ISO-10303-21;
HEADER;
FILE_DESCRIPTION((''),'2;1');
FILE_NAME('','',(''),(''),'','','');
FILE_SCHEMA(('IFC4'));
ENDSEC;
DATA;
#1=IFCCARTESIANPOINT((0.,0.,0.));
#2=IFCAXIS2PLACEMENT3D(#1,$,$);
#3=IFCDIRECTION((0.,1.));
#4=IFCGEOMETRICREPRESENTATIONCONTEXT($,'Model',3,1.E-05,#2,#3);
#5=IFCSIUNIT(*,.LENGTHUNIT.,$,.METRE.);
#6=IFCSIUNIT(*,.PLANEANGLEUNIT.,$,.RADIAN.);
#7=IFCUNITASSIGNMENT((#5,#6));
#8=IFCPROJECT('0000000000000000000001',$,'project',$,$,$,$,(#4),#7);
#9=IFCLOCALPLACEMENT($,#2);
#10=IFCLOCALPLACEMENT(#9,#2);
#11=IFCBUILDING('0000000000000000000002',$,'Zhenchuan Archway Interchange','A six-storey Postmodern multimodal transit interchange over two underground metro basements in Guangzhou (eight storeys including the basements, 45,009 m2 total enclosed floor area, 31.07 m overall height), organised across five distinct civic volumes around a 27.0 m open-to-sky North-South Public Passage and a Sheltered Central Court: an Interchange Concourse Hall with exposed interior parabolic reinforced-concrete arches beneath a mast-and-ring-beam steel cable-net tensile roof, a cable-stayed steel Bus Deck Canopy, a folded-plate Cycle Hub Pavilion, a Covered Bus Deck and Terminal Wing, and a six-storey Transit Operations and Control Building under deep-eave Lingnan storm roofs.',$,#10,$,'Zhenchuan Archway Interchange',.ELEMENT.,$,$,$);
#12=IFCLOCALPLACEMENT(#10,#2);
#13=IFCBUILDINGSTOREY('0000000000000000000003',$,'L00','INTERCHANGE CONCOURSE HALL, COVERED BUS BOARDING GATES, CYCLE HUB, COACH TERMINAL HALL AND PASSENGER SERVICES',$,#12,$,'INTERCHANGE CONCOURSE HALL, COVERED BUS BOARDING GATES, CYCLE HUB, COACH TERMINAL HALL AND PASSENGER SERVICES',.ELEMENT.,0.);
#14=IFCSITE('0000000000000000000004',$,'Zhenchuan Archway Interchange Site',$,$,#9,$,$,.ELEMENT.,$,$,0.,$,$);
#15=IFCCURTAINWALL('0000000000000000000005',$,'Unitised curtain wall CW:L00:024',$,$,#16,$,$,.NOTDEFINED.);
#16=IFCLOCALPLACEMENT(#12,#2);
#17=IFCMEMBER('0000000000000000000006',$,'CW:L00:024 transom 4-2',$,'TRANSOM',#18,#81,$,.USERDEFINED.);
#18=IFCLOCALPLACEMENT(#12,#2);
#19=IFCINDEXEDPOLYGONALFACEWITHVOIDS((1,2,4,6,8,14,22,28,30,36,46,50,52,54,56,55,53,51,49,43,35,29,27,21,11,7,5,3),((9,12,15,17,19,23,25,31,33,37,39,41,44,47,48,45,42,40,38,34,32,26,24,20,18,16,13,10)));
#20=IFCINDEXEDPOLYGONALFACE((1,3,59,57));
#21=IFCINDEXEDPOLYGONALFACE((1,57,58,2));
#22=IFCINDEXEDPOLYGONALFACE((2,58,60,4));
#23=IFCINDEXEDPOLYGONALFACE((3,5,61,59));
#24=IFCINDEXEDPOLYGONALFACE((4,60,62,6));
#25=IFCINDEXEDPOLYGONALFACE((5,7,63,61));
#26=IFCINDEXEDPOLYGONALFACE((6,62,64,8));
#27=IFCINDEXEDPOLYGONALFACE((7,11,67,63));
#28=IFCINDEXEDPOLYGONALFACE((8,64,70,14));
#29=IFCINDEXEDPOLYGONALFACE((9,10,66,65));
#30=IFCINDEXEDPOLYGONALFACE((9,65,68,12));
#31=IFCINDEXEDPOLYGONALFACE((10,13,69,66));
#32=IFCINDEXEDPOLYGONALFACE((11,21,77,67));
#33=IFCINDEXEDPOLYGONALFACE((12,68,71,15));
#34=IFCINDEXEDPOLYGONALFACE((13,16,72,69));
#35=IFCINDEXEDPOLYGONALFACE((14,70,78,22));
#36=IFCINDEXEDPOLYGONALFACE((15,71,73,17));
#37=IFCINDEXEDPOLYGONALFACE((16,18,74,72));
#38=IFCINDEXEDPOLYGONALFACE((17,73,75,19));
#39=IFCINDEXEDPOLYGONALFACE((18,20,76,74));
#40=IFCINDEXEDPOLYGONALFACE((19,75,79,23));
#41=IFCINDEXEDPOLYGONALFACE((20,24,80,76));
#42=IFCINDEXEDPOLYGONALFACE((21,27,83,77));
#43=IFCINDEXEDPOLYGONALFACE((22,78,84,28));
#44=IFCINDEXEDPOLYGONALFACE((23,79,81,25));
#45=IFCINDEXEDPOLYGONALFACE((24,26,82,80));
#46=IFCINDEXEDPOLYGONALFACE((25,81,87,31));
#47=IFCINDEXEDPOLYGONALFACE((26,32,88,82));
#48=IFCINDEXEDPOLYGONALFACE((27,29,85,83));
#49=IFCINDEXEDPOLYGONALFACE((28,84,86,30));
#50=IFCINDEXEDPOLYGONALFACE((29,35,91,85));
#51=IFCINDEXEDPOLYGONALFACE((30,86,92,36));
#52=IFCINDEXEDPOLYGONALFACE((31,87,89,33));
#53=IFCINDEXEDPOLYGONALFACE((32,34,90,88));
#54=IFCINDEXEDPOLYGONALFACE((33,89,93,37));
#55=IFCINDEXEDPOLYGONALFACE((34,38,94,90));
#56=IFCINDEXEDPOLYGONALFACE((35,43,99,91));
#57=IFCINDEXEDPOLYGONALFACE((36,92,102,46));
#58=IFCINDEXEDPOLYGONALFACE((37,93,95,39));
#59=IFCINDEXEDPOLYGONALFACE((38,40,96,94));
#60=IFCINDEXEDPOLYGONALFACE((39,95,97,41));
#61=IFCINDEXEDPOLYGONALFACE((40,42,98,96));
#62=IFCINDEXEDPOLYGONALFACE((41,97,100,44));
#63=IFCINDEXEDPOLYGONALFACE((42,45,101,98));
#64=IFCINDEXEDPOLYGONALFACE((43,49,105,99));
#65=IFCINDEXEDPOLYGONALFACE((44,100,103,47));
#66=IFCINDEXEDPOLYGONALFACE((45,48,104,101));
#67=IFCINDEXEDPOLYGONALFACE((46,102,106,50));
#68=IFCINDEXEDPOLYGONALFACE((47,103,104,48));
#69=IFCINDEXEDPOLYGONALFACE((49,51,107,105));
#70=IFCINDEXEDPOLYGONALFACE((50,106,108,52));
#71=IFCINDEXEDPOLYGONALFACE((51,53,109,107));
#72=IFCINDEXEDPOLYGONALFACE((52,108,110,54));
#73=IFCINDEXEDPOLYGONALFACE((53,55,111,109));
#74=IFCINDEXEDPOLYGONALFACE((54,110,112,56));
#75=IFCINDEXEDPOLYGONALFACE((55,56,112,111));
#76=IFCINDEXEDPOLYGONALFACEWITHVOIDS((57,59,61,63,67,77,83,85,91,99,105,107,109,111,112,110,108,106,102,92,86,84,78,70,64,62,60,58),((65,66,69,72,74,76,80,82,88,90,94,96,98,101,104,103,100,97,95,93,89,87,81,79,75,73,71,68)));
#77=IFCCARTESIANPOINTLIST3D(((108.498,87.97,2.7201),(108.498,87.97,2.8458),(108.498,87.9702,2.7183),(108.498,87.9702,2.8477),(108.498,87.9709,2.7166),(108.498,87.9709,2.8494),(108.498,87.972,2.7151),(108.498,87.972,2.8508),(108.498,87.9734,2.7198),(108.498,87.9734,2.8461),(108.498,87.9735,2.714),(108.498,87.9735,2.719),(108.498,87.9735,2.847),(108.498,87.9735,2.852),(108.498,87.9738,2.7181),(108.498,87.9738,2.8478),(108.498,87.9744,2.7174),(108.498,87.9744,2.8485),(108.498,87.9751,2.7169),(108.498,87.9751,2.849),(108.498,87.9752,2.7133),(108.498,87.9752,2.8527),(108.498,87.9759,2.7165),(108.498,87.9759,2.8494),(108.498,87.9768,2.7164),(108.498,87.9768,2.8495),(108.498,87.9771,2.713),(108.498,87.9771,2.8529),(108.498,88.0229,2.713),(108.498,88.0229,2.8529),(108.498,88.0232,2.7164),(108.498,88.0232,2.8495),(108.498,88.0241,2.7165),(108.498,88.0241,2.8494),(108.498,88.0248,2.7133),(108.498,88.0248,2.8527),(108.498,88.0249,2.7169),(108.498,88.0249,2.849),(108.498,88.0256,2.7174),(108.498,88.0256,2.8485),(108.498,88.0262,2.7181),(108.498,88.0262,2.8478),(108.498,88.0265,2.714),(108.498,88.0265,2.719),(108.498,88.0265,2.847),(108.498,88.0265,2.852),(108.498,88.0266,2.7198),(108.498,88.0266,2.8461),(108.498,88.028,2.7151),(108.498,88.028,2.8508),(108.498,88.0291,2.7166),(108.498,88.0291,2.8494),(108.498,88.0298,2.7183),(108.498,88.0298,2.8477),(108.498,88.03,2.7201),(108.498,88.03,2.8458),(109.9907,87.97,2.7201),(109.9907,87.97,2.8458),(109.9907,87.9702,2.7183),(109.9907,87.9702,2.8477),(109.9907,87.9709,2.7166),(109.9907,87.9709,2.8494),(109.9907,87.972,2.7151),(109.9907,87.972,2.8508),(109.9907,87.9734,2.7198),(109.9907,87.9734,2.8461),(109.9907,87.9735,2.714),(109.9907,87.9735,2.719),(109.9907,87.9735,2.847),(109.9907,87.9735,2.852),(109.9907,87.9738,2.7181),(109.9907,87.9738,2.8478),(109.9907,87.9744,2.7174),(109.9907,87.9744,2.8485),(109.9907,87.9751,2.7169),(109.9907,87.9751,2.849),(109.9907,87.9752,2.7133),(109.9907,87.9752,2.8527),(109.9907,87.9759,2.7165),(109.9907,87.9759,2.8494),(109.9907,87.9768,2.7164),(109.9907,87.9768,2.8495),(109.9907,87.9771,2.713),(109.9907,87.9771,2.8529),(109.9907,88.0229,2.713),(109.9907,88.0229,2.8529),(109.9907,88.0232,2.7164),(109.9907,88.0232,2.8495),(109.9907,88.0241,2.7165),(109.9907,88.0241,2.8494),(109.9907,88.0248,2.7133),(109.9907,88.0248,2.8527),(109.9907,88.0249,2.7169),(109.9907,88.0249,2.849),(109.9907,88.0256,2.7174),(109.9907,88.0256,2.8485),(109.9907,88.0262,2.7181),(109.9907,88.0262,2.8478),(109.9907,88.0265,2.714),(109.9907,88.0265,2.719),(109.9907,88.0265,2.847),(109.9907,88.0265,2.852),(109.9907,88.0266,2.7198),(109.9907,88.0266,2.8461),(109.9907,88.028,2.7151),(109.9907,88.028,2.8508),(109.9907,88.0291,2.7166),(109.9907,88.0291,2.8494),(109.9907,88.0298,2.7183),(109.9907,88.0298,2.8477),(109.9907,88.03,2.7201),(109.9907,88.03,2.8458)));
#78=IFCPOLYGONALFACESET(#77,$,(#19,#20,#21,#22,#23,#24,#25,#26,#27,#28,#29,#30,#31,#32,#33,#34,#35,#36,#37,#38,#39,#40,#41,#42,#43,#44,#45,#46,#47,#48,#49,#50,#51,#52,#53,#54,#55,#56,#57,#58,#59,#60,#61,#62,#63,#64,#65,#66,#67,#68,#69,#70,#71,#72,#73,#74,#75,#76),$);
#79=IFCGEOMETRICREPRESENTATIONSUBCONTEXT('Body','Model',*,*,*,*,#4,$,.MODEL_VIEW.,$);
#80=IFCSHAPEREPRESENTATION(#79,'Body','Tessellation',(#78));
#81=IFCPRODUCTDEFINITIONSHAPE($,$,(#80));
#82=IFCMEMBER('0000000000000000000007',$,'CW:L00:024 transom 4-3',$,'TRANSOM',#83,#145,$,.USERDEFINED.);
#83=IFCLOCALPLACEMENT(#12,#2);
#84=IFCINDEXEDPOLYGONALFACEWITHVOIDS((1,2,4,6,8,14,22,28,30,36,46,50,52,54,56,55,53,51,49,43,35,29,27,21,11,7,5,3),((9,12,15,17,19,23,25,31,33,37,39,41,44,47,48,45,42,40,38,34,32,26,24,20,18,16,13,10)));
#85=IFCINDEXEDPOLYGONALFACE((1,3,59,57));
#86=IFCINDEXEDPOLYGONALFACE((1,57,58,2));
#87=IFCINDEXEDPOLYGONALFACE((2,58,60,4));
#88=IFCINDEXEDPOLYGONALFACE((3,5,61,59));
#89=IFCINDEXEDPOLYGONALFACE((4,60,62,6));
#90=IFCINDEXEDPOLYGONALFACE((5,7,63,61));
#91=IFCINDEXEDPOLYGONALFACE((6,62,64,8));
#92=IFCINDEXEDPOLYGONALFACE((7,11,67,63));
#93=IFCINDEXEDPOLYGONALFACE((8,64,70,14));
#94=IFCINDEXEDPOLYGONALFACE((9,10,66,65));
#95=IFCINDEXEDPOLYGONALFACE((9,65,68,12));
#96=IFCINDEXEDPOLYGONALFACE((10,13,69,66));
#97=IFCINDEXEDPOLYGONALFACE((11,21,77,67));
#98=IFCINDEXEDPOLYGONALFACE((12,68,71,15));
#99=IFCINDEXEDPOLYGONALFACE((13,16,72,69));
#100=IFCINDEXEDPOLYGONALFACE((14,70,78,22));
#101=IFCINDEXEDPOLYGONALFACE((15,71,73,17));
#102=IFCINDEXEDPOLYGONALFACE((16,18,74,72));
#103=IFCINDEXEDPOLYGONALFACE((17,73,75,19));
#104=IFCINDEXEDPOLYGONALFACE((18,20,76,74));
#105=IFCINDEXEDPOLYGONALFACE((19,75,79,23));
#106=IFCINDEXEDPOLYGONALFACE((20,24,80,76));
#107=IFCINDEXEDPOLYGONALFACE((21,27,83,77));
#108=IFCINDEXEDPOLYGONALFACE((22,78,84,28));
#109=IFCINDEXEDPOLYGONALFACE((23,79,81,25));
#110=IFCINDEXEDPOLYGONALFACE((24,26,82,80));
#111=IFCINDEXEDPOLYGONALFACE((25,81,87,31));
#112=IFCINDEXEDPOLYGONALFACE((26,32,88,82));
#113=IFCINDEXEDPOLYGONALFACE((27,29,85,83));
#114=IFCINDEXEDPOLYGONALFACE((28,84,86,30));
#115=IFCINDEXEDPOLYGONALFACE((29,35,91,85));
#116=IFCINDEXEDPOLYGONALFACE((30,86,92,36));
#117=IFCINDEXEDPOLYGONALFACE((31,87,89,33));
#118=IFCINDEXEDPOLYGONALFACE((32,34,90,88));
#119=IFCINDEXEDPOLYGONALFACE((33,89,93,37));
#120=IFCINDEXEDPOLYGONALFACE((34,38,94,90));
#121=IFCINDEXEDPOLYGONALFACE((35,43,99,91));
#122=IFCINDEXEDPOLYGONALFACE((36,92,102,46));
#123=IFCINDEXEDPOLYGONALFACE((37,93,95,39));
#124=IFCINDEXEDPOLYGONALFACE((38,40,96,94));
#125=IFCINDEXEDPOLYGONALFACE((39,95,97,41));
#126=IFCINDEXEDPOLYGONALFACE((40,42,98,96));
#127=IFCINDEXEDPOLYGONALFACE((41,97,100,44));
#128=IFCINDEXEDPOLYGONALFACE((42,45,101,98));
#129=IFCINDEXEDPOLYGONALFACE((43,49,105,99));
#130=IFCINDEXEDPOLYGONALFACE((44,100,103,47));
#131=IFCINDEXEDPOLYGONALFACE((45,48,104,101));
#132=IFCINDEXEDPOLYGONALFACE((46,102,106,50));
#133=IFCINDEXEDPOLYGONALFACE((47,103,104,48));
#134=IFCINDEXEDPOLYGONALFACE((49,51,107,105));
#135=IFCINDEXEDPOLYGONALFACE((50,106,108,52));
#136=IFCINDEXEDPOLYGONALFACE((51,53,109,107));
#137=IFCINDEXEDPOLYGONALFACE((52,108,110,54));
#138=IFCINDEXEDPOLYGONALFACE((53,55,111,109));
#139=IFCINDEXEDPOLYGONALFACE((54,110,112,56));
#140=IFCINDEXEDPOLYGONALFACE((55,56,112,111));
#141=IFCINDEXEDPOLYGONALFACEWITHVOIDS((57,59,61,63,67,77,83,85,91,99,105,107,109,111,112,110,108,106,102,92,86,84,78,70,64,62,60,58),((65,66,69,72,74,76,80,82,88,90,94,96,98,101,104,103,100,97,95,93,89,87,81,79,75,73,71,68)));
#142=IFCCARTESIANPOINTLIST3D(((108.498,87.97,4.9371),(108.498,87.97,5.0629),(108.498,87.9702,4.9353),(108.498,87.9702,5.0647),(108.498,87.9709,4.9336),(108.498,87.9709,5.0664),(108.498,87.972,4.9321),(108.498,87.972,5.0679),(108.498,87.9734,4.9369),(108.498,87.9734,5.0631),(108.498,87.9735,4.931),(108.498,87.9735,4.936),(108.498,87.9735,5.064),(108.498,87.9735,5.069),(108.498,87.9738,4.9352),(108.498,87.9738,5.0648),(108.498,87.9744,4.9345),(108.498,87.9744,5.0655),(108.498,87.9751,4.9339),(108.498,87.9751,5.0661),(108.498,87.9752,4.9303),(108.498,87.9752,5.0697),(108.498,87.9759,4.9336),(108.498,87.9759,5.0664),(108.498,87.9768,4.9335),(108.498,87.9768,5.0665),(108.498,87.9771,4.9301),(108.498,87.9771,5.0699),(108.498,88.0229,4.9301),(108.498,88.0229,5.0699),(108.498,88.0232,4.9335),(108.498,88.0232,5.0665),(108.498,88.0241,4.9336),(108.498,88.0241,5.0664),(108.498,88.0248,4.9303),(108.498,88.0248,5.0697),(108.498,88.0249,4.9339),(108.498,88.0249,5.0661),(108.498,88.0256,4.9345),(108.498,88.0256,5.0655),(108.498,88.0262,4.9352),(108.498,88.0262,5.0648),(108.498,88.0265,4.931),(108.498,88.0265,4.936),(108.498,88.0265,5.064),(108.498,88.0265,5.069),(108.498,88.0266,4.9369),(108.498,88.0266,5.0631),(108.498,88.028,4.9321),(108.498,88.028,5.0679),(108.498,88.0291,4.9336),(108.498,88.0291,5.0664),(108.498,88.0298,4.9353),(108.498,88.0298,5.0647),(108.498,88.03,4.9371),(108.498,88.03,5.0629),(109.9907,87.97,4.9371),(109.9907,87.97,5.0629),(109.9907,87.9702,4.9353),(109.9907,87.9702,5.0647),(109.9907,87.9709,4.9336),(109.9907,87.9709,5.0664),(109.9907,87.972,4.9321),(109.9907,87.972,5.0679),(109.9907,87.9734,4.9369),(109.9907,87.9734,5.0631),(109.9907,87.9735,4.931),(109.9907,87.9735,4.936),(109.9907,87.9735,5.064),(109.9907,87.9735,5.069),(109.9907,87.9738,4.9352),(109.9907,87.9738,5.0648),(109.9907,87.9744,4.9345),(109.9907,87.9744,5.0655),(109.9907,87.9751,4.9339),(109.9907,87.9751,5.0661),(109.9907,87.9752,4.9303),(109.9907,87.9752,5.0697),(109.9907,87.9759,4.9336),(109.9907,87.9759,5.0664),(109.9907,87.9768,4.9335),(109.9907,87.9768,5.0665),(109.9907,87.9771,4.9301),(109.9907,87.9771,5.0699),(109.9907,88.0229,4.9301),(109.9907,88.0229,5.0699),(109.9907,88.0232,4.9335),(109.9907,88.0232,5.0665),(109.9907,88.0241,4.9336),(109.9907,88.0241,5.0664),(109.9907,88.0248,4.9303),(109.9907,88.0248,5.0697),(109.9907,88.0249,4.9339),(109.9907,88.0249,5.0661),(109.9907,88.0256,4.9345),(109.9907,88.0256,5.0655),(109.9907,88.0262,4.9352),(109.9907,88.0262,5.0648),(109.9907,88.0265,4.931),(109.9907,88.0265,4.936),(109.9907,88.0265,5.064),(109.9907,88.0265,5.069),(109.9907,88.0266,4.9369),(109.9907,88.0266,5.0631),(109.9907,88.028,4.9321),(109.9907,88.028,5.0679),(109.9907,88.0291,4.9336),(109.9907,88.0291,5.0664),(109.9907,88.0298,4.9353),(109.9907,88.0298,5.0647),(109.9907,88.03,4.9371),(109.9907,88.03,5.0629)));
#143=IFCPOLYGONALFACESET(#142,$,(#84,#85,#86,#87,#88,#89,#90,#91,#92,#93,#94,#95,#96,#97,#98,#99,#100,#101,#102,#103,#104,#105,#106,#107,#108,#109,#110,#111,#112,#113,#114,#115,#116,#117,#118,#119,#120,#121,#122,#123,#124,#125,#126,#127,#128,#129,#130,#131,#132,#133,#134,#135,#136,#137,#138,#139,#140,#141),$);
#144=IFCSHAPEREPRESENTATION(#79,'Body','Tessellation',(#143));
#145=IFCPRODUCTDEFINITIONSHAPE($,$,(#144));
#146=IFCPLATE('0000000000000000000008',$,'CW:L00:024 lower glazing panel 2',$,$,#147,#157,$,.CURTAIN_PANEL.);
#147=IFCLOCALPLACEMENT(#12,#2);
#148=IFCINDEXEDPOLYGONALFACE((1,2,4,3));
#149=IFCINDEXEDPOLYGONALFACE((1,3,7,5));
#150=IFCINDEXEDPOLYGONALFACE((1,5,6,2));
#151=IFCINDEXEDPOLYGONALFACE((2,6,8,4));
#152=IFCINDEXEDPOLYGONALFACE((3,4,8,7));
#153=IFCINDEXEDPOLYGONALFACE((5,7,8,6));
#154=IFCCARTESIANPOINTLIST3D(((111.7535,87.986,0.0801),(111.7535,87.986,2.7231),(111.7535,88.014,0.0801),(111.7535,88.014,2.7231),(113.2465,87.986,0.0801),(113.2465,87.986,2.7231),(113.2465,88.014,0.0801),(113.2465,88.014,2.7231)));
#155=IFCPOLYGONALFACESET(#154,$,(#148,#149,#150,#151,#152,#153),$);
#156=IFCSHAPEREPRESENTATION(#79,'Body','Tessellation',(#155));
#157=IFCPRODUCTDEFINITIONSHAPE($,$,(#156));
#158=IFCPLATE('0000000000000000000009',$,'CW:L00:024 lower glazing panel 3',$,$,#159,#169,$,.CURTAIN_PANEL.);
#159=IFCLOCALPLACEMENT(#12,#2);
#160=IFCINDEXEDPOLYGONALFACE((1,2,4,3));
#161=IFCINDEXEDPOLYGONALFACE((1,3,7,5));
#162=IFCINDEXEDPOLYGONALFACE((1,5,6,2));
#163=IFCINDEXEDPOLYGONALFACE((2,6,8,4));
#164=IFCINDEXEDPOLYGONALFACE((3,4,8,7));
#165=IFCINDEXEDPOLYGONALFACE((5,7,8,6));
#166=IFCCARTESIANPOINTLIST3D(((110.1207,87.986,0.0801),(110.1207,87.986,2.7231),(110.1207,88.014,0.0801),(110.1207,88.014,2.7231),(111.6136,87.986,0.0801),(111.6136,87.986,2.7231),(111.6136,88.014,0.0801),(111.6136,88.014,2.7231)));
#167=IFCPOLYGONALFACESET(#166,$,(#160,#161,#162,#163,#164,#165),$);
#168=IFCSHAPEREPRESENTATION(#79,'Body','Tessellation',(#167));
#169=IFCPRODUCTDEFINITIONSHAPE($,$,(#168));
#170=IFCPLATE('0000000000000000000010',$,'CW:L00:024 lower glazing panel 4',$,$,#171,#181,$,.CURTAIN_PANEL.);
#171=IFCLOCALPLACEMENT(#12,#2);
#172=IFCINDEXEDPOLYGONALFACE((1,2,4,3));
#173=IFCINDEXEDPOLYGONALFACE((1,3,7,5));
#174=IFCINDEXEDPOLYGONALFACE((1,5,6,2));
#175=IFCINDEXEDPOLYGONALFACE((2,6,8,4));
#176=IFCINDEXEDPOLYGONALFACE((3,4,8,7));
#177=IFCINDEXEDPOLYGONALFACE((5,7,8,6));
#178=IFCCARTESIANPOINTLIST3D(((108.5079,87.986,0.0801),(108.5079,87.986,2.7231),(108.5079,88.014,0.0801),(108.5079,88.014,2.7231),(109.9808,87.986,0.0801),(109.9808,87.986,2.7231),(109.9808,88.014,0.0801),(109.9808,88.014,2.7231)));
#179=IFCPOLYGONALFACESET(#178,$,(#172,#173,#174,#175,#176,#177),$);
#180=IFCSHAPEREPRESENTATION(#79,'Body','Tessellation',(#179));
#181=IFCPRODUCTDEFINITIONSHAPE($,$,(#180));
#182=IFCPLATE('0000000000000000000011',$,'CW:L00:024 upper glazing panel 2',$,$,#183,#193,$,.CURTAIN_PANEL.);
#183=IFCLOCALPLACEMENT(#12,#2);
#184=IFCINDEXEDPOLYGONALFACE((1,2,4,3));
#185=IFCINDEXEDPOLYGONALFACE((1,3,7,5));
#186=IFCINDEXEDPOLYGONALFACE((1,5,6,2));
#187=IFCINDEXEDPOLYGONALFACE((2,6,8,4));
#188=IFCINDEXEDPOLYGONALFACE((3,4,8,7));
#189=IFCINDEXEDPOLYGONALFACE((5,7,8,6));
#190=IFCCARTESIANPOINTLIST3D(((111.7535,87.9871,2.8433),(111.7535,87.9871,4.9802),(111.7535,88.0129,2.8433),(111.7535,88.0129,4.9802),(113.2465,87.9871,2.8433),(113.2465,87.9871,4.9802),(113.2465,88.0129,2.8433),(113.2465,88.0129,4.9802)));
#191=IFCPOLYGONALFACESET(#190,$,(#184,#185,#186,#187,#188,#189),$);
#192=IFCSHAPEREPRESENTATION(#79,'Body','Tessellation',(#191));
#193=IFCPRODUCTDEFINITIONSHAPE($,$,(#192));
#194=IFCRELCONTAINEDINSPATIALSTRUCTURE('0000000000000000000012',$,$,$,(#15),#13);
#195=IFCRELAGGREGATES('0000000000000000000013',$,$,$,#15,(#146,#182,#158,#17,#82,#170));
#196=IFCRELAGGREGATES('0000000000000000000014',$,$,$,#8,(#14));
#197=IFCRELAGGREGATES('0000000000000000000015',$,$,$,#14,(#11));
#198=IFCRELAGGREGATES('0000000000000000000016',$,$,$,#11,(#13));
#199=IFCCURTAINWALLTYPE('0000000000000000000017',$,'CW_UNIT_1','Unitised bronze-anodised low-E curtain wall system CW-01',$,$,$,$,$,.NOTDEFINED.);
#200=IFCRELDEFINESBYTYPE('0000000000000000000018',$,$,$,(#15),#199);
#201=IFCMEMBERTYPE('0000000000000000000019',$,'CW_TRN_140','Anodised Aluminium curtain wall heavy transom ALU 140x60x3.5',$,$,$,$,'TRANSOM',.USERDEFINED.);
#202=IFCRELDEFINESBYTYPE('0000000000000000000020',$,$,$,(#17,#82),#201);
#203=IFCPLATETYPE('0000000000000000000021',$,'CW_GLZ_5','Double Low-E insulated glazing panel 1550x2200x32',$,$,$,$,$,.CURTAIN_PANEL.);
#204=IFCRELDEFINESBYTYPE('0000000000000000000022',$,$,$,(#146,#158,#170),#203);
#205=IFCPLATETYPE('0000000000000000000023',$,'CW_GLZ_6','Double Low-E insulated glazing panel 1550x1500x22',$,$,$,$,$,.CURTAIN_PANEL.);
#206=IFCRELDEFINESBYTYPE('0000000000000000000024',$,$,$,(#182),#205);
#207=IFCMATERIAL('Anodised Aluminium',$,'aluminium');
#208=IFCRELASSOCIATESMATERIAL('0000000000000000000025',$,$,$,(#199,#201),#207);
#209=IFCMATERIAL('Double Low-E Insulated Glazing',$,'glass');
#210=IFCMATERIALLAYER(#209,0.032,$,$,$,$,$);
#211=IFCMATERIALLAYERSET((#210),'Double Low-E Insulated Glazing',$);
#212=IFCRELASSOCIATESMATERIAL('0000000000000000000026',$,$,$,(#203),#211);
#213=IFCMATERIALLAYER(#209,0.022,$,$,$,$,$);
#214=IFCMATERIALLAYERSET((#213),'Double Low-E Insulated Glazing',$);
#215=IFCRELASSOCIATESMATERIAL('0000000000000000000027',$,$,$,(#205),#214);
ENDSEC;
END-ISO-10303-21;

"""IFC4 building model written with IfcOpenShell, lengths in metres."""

from ifc_helpers import new_model, si_unit, direction, frame, origin, origin_2d, place, context, subcontext, project, spatial, rectangle, hollow_rectangle, extrude, material, layer, layer_set, material_profile, profile_set, type_object, element, aggregate, save


model = new_model("IFC4")

# Units and contexts
model_context = context("Model", 3, precision=1e-05, world=origin(), true_north=direction((0.0, 1.0)))
body_context = subcontext(model_context, "Body", "Model", "MODEL_VIEW")
ifc_project = project(units=[si_unit("LENGTHUNIT", "METRE"), si_unit("PLANEANGLEUNIT", "RADIAN")], contexts=[model_context])

# Site, building, storey
site_placement = place(None, origin())
site = spatial("IfcSite", under=ifc_project, at=site_placement, Name="Zhenchuan Archway Interchange Site", CompositionType="ELEMENT", RefElevation=0.0)
building_placement = place(site_placement, origin())
building = spatial("IfcBuilding", under=site, at=building_placement, Name="Zhenchuan Archway Interchange", Description="A six-storey Postmodern multimodal transit interchange over two underground metro basements in Guangzhou (eight storeys including the basements, 45,009 m2 total enclosed floor area, 31.07 m overall height), organised across five distinct civic volumes around a 27.0 m open-to-sky North-South Public Passage and a Sheltered Central Court: an Interchange Concourse Hall with exposed interior parabolic reinforced-concrete arches beneath a mast-and-ring-beam steel cable-net tensile roof, a cable-stayed steel Bus Deck Canopy, a folded-plate Cycle Hub Pavilion, a Covered Bus Deck and Terminal Wing, and a six-storey Transit Operations and Control Building under deep-eave Lingnan storm roofs.", LongName="Zhenchuan Archway Interchange", CompositionType="ELEMENT")
storey_placement = place(building_placement, origin())
storey = spatial("IfcBuildingStorey", under=building, at=storey_placement, Name="L00", Description="INTERCHANGE CONCOURSE HALL, COVERED BUS BOARDING GATES, CYCLE HUB, COACH TERMINAL HALL AND PASSENGER SERVICES", LongName="INTERCHANGE CONCOURSE HALL, COVERED BUS BOARDING GATES, CYCLE HUB, COACH TERMINAL HALL AND PASSENGER SERVICES", CompositionType="ELEMENT", Elevation=0.0)

# Curtain wall, members, plates
ifc_material_1 = material(Name="Anodised Aluminium", Category="aluminium")
curtain_wall_type = type_object("IfcCurtainWallType", Name="CW_UNIT_1", Description="Unitised bronze-anodised low-E curtain wall system CW-01", PredefinedType="NOTDEFINED", material=ifc_material_1)
curtain_wall_placement = place(storey_placement, origin())
curtain_wall = element("IfcCurtainWall", 1, at=curtain_wall_placement, inside=storey, type_object=curtain_wall_type, Name="Unitised curtain wall CW:L00:024", PredefinedType="NOTDEFINED")
ifc_material_profile_1 = material_profile(ifc_material_1, hollow_rectangle(XDim=0.0601, YDim=0.1399, WallThickness=0.0034, InnerFilletRadius=0.0034, OuterFilletRadius=0.0071, at=origin_2d()), Name="ALU 140x60x3.5")
ifc_profile_set_1 = profile_set([ifc_material_profile_1], Name="Anodised Aluminium")
member_type_1 = type_object("IfcMemberType", Name="CW_TRN_140", Description="Anodised Aluminium curtain wall heavy transom ALU 140x60x3.5", ElementType="TRANSOM", PredefinedType="USERDEFINED", material=ifc_profile_set_1)
member_1_placement = place(storey_placement, frame((109.9907, 88.0, 2.783), z_axis=(-1.0, 0.0, 0.0), x_axis=(0.0, -1.0, 0.0)))
member_1 = element("IfcMember", 2, at=member_1_placement, type_object=member_type_1, Name="CW:L00:024 transom 4-2", ObjectType="TRANSOM", PredefinedType="USERDEFINED", context=body_context, shape_type="SweptSolid", body=[
    extrude(hollow_rectangle(XDim=0.0601, YDim=0.1399, WallThickness=0.0034, InnerFilletRadius=0.0034, OuterFilletRadius=0.0071, at=origin_2d()), origin(), (0.0, 0.0, 1.0), 1.4927),
])
member_2_placement = place(storey_placement, frame((109.9907, 88.0, 5.0), z_axis=(-1.0, 0.0, 0.0), x_axis=(0.0, -1.0, 0.0)))
member_2 = element("IfcMember", 3, at=member_2_placement, type_object=member_type_1, Name="CW:L00:024 transom 4-3", ObjectType="TRANSOM", PredefinedType="USERDEFINED", context=body_context, shape_type="SweptSolid", body=[
    extrude(hollow_rectangle(XDim=0.0601, YDim=0.1399, WallThickness=0.0034, InnerFilletRadius=0.0034, OuterFilletRadius=0.0071, at=origin_2d()), origin(), (0.0, 0.0, 1.0), 1.4927),
])
ifc_material_2 = material(Name="Double Low-E Insulated Glazing", Category="glass")
ifc_layer_1 = layer(ifc_material_2, 0.032)
ifc_layer_set_1 = layer_set([ifc_layer_1], Name="Double Low-E Insulated Glazing")
plate_type_1 = type_object("IfcPlateType", Name="CW_GLZ_5", Description="Double Low-E insulated glazing panel 1550x2200x32", PredefinedType="CURTAIN_PANEL", material=ifc_layer_set_1)
plate_1_placement = place(storey_placement, frame((112.5, 88.0, 0.0801), z_axis=(0.0, 0.0, 1.0), x_axis=(-1.0, 0.0, 0.0)))
plate_1 = element("IfcPlate", 4, at=plate_1_placement, type_object=plate_type_1, Name="CW:L00:024 lower glazing panel 2", PredefinedType="CURTAIN_PANEL", context=body_context, shape_type="SweptSolid", body=[
    extrude(rectangle(XDim=1.4929, YDim=0.0281, at=origin_2d()), origin(), (0.0, 0.0, 1.0), 2.6431),
])
plate_2_placement = place(storey_placement, frame((110.8672, 88.0, 0.0801), z_axis=(0.0, 0.0, 1.0), x_axis=(-1.0, 0.0, 0.0)))
plate_2 = element("IfcPlate", 5, at=plate_2_placement, type_object=plate_type_1, Name="CW:L00:024 lower glazing panel 3", PredefinedType="CURTAIN_PANEL", context=body_context, shape_type="SweptSolid", body=[
    extrude(rectangle(XDim=1.4929, YDim=0.0281, at=origin_2d()), origin(), (0.0, 0.0, 1.0), 2.6431),
])
plate_3_placement = place(storey_placement, frame((109.2444, 88.0, 0.0801), z_axis=(0.0, 0.0, 1.0), x_axis=(-1.0, 0.0, 0.0)))
plate_3 = element("IfcPlate", 6, at=plate_3_placement, type_object=plate_type_1, Name="CW:L00:024 lower glazing panel 4", PredefinedType="CURTAIN_PANEL", context=body_context, shape_type="SweptSolid", body=[
    extrude(rectangle(XDim=1.4729, YDim=0.0281, at=origin_2d()), origin(), (0.0, 0.0, 1.0), 2.6431),
])
ifc_layer_2 = layer(ifc_material_2, 0.022)
ifc_layer_set_2 = layer_set([ifc_layer_2], Name="Double Low-E Insulated Glazing")
plate_type_2 = type_object("IfcPlateType", Name="CW_GLZ_6", Description="Double Low-E insulated glazing panel 1550x1500x22", PredefinedType="CURTAIN_PANEL", material=ifc_layer_set_2)
plate_4_placement = place(storey_placement, frame((112.5, 88.0, 2.8433), z_axis=(0.0, 0.0, 1.0), x_axis=(-1.0, 0.0, 0.0)))
plate_4 = element("IfcPlate", 7, at=plate_4_placement, type_object=plate_type_2, Name="CW:L00:024 upper glazing panel 2", PredefinedType="CURTAIN_PANEL", context=body_context, shape_type="SweptSolid", body=[
    extrude(rectangle(XDim=1.4929, YDim=0.0259, at=origin_2d()), origin(), (0.0, 0.0, 1.0), 2.137),
])
aggregate(curtain_wall, [plate_1, plate_4, plate_2, member_1, member_2, plate_3])

save(model, "model.ifc")
